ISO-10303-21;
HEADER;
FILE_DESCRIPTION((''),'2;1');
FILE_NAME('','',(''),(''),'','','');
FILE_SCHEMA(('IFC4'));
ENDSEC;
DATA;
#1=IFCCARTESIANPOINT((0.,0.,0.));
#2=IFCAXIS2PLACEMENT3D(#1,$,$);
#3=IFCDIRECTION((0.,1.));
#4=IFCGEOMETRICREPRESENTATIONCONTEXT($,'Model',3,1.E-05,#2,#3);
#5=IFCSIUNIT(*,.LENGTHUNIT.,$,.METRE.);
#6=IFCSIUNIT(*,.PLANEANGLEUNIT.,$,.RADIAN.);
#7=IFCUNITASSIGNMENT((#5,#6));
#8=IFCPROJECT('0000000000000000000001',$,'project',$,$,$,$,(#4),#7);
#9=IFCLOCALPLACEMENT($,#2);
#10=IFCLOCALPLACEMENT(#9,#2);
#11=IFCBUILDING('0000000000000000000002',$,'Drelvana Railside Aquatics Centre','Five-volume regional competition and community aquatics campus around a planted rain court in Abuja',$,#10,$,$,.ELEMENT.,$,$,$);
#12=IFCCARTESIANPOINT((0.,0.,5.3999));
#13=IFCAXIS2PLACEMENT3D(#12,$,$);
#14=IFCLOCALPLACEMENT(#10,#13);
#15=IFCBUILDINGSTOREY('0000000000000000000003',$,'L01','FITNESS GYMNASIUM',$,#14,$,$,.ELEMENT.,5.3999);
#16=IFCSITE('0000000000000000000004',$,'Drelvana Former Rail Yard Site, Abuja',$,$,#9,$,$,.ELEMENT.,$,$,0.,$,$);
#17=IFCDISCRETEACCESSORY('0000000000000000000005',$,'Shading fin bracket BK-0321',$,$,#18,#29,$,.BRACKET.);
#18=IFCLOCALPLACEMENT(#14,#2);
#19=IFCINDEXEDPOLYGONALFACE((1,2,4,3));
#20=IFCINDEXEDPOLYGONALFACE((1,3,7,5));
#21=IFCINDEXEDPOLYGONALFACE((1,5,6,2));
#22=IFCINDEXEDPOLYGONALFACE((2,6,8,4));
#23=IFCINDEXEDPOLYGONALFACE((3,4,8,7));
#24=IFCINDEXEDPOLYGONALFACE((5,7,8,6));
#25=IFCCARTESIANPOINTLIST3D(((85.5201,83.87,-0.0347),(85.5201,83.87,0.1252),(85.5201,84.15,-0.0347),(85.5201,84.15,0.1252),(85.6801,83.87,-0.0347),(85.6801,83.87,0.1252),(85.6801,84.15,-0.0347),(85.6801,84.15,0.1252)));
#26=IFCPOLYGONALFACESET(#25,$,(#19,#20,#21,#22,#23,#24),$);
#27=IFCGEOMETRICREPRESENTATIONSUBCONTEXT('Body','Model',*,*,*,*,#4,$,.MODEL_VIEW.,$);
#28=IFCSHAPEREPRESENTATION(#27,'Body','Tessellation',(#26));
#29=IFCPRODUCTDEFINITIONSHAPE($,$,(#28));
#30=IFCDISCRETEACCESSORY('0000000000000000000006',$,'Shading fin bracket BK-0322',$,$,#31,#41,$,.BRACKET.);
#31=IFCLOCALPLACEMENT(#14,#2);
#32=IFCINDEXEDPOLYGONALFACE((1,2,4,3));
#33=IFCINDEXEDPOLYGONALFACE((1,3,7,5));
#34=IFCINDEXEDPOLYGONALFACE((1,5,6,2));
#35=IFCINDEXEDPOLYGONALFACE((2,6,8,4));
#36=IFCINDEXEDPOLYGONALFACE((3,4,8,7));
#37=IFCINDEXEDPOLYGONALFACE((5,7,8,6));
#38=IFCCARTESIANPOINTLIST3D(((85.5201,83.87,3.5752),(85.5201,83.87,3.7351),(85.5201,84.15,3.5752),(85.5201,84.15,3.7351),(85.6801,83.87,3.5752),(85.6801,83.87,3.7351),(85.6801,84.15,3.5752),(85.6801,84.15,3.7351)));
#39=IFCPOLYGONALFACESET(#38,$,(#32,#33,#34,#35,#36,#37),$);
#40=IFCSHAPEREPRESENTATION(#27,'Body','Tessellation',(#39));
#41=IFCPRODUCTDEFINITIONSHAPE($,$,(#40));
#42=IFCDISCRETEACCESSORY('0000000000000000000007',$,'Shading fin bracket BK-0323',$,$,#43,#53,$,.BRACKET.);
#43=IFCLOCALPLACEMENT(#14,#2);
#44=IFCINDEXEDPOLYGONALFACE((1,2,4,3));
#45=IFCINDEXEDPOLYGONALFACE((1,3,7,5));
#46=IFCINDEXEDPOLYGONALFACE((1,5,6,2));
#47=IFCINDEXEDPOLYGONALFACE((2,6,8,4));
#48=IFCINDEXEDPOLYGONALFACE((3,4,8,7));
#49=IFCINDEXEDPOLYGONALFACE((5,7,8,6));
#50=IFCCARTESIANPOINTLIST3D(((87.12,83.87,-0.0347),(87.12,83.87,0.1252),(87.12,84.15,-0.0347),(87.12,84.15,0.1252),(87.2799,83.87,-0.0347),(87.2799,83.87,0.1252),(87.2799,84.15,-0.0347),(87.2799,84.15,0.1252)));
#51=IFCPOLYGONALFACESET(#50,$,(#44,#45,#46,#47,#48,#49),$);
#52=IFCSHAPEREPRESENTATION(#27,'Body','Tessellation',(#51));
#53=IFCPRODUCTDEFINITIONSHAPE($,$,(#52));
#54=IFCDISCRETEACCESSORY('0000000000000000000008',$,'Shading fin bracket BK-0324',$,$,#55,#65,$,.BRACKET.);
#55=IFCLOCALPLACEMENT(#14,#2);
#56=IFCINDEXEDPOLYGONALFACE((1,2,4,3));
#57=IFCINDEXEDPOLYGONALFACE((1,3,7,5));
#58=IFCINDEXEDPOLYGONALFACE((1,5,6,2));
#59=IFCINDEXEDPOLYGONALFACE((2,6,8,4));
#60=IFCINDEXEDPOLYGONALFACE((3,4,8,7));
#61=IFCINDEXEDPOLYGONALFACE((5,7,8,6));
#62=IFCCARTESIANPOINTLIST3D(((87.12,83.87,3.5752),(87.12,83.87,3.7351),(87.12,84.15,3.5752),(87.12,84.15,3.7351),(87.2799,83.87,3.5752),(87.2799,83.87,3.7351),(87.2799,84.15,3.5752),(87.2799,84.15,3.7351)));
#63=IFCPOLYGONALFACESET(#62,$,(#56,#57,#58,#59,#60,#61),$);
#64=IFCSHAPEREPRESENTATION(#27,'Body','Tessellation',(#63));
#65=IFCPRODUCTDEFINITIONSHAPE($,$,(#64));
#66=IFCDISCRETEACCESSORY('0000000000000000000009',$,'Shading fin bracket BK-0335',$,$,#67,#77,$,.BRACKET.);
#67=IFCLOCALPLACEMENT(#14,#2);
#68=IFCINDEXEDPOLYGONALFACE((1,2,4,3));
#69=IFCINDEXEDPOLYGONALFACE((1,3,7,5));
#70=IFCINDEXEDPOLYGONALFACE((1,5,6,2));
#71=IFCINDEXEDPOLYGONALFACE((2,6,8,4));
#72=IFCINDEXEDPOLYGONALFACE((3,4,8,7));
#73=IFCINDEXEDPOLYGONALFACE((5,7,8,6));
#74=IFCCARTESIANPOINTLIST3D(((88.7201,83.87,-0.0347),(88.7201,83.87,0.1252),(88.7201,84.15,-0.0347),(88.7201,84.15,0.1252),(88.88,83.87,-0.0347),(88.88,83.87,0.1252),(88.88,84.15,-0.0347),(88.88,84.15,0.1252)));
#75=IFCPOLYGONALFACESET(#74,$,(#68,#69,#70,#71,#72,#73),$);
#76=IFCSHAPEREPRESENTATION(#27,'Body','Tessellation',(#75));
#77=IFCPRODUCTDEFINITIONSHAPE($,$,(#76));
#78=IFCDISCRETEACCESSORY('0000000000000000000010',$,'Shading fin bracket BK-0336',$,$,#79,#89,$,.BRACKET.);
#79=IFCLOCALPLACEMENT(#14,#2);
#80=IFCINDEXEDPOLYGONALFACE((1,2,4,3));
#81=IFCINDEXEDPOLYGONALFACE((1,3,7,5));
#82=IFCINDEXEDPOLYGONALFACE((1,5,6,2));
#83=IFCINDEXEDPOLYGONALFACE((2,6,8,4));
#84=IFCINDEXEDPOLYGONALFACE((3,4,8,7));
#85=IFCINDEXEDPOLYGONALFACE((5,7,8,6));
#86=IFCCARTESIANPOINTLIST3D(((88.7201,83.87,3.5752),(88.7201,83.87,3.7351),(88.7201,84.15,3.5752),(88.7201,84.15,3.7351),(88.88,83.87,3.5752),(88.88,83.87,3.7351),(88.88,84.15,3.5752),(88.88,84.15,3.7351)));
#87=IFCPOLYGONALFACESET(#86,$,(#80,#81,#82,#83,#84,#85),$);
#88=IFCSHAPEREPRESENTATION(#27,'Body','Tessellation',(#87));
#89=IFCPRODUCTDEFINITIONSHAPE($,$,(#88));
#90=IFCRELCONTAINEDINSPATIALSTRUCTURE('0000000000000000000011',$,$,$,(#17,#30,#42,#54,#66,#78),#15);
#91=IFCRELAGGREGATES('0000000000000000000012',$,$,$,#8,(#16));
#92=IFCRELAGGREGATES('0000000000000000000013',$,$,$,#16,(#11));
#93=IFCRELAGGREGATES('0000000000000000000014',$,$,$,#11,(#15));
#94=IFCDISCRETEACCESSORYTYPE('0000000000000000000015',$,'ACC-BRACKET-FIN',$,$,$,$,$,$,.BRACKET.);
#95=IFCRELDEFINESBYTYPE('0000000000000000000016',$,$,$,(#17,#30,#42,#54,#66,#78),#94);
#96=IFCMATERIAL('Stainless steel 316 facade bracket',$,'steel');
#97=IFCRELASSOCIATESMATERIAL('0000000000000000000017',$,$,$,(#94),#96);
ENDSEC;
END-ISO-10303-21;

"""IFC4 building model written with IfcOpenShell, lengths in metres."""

from ifc_helpers import new_model, si_unit, direction, frame, origin, origin_2d, place, context, subcontext, project, spatial, rectangle, extrude, material, type_object, element, save


model = new_model("IFC4")

# Units and contexts
model_context = context("Model", 3, precision=1e-05, world=origin(), true_north=direction((0.0, 1.0)))
body_context = subcontext(model_context, "Body", "Model", "MODEL_VIEW")
ifc_project = project(units=[si_unit("LENGTHUNIT", "METRE"), si_unit("PLANEANGLEUNIT", "RADIAN")], contexts=[model_context])

# Site, building, storey
site_placement = place(None, origin())
site = spatial("IfcSite", under=ifc_project, at=site_placement, Name="Drelvana Former Rail Yard Site, Abuja", CompositionType="ELEMENT", RefElevation=0.0)
building_placement = place(site_placement, origin())
building = spatial("IfcBuilding", under=site, at=building_placement, Name="Drelvana Railside Aquatics Centre", Description="Five-volume regional competition and community aquatics campus around a planted rain court in Abuja", CompositionType="ELEMENT")
storey_placement = place(building_placement, frame((0.0, 0.0, 5.3999)))
storey = spatial("IfcBuildingStorey", under=building, at=storey_placement, Name="L01", Description="FITNESS GYMNASIUM", CompositionType="ELEMENT", Elevation=5.3999)

# Discrete accessories
ifc_material_1 = material(Name="Stainless steel 316 facade bracket", Category="steel")
discrete_accessory_type = type_object("IfcDiscreteAccessoryType", Name="ACC-BRACKET-FIN", PredefinedType="BRACKET", material=ifc_material_1)
for number, where, z_axis, x_axis, name in (
    (1, (85.6001, 84.01, -0.0347), (0.0, 0.0, 1.0), (0.0, 1.0, 0.0), "Shading fin bracket BK-0321"),
    (2, (85.6001, 84.01, 3.5752), (0.0, 0.0, 1.0), (0.0, 1.0, 0.0), "Shading fin bracket BK-0322"),
    (3, (87.2, 84.01, -0.0347), (0.0, 0.0, 1.0), (0.0, 1.0, 0.0), "Shading fin bracket BK-0323"),
    (4, (87.2, 84.01, 3.5752), (0.0, 0.0, 1.0), (0.0, 1.0, 0.0), "Shading fin bracket BK-0324"),
    (5, (88.8, 84.01, -0.0347), (0.0, 0.0, 1.0), (0.0, 1.0, 0.0), "Shading fin bracket BK-0335"),
    (6, (88.8, 84.01, 3.5752), (0.0, 0.0, 1.0), (0.0, 1.0, 0.0), "Shading fin bracket BK-0336"),
):
    element("IfcDiscreteAccessory", number, at=place(storey_placement, frame(where, z_axis=z_axis, x_axis=x_axis)), inside=storey, type_object=discrete_accessory_type, Name=name, PredefinedType="BRACKET", context=body_context, shape_type="SweptSolid", body=[
        extrude(rectangle(XDim=0.28, YDim=0.1599, at=origin_2d()), origin(), (0.0, 0.0, 1.0), 0.1599),
    ])

save(model, "model.ifc")
